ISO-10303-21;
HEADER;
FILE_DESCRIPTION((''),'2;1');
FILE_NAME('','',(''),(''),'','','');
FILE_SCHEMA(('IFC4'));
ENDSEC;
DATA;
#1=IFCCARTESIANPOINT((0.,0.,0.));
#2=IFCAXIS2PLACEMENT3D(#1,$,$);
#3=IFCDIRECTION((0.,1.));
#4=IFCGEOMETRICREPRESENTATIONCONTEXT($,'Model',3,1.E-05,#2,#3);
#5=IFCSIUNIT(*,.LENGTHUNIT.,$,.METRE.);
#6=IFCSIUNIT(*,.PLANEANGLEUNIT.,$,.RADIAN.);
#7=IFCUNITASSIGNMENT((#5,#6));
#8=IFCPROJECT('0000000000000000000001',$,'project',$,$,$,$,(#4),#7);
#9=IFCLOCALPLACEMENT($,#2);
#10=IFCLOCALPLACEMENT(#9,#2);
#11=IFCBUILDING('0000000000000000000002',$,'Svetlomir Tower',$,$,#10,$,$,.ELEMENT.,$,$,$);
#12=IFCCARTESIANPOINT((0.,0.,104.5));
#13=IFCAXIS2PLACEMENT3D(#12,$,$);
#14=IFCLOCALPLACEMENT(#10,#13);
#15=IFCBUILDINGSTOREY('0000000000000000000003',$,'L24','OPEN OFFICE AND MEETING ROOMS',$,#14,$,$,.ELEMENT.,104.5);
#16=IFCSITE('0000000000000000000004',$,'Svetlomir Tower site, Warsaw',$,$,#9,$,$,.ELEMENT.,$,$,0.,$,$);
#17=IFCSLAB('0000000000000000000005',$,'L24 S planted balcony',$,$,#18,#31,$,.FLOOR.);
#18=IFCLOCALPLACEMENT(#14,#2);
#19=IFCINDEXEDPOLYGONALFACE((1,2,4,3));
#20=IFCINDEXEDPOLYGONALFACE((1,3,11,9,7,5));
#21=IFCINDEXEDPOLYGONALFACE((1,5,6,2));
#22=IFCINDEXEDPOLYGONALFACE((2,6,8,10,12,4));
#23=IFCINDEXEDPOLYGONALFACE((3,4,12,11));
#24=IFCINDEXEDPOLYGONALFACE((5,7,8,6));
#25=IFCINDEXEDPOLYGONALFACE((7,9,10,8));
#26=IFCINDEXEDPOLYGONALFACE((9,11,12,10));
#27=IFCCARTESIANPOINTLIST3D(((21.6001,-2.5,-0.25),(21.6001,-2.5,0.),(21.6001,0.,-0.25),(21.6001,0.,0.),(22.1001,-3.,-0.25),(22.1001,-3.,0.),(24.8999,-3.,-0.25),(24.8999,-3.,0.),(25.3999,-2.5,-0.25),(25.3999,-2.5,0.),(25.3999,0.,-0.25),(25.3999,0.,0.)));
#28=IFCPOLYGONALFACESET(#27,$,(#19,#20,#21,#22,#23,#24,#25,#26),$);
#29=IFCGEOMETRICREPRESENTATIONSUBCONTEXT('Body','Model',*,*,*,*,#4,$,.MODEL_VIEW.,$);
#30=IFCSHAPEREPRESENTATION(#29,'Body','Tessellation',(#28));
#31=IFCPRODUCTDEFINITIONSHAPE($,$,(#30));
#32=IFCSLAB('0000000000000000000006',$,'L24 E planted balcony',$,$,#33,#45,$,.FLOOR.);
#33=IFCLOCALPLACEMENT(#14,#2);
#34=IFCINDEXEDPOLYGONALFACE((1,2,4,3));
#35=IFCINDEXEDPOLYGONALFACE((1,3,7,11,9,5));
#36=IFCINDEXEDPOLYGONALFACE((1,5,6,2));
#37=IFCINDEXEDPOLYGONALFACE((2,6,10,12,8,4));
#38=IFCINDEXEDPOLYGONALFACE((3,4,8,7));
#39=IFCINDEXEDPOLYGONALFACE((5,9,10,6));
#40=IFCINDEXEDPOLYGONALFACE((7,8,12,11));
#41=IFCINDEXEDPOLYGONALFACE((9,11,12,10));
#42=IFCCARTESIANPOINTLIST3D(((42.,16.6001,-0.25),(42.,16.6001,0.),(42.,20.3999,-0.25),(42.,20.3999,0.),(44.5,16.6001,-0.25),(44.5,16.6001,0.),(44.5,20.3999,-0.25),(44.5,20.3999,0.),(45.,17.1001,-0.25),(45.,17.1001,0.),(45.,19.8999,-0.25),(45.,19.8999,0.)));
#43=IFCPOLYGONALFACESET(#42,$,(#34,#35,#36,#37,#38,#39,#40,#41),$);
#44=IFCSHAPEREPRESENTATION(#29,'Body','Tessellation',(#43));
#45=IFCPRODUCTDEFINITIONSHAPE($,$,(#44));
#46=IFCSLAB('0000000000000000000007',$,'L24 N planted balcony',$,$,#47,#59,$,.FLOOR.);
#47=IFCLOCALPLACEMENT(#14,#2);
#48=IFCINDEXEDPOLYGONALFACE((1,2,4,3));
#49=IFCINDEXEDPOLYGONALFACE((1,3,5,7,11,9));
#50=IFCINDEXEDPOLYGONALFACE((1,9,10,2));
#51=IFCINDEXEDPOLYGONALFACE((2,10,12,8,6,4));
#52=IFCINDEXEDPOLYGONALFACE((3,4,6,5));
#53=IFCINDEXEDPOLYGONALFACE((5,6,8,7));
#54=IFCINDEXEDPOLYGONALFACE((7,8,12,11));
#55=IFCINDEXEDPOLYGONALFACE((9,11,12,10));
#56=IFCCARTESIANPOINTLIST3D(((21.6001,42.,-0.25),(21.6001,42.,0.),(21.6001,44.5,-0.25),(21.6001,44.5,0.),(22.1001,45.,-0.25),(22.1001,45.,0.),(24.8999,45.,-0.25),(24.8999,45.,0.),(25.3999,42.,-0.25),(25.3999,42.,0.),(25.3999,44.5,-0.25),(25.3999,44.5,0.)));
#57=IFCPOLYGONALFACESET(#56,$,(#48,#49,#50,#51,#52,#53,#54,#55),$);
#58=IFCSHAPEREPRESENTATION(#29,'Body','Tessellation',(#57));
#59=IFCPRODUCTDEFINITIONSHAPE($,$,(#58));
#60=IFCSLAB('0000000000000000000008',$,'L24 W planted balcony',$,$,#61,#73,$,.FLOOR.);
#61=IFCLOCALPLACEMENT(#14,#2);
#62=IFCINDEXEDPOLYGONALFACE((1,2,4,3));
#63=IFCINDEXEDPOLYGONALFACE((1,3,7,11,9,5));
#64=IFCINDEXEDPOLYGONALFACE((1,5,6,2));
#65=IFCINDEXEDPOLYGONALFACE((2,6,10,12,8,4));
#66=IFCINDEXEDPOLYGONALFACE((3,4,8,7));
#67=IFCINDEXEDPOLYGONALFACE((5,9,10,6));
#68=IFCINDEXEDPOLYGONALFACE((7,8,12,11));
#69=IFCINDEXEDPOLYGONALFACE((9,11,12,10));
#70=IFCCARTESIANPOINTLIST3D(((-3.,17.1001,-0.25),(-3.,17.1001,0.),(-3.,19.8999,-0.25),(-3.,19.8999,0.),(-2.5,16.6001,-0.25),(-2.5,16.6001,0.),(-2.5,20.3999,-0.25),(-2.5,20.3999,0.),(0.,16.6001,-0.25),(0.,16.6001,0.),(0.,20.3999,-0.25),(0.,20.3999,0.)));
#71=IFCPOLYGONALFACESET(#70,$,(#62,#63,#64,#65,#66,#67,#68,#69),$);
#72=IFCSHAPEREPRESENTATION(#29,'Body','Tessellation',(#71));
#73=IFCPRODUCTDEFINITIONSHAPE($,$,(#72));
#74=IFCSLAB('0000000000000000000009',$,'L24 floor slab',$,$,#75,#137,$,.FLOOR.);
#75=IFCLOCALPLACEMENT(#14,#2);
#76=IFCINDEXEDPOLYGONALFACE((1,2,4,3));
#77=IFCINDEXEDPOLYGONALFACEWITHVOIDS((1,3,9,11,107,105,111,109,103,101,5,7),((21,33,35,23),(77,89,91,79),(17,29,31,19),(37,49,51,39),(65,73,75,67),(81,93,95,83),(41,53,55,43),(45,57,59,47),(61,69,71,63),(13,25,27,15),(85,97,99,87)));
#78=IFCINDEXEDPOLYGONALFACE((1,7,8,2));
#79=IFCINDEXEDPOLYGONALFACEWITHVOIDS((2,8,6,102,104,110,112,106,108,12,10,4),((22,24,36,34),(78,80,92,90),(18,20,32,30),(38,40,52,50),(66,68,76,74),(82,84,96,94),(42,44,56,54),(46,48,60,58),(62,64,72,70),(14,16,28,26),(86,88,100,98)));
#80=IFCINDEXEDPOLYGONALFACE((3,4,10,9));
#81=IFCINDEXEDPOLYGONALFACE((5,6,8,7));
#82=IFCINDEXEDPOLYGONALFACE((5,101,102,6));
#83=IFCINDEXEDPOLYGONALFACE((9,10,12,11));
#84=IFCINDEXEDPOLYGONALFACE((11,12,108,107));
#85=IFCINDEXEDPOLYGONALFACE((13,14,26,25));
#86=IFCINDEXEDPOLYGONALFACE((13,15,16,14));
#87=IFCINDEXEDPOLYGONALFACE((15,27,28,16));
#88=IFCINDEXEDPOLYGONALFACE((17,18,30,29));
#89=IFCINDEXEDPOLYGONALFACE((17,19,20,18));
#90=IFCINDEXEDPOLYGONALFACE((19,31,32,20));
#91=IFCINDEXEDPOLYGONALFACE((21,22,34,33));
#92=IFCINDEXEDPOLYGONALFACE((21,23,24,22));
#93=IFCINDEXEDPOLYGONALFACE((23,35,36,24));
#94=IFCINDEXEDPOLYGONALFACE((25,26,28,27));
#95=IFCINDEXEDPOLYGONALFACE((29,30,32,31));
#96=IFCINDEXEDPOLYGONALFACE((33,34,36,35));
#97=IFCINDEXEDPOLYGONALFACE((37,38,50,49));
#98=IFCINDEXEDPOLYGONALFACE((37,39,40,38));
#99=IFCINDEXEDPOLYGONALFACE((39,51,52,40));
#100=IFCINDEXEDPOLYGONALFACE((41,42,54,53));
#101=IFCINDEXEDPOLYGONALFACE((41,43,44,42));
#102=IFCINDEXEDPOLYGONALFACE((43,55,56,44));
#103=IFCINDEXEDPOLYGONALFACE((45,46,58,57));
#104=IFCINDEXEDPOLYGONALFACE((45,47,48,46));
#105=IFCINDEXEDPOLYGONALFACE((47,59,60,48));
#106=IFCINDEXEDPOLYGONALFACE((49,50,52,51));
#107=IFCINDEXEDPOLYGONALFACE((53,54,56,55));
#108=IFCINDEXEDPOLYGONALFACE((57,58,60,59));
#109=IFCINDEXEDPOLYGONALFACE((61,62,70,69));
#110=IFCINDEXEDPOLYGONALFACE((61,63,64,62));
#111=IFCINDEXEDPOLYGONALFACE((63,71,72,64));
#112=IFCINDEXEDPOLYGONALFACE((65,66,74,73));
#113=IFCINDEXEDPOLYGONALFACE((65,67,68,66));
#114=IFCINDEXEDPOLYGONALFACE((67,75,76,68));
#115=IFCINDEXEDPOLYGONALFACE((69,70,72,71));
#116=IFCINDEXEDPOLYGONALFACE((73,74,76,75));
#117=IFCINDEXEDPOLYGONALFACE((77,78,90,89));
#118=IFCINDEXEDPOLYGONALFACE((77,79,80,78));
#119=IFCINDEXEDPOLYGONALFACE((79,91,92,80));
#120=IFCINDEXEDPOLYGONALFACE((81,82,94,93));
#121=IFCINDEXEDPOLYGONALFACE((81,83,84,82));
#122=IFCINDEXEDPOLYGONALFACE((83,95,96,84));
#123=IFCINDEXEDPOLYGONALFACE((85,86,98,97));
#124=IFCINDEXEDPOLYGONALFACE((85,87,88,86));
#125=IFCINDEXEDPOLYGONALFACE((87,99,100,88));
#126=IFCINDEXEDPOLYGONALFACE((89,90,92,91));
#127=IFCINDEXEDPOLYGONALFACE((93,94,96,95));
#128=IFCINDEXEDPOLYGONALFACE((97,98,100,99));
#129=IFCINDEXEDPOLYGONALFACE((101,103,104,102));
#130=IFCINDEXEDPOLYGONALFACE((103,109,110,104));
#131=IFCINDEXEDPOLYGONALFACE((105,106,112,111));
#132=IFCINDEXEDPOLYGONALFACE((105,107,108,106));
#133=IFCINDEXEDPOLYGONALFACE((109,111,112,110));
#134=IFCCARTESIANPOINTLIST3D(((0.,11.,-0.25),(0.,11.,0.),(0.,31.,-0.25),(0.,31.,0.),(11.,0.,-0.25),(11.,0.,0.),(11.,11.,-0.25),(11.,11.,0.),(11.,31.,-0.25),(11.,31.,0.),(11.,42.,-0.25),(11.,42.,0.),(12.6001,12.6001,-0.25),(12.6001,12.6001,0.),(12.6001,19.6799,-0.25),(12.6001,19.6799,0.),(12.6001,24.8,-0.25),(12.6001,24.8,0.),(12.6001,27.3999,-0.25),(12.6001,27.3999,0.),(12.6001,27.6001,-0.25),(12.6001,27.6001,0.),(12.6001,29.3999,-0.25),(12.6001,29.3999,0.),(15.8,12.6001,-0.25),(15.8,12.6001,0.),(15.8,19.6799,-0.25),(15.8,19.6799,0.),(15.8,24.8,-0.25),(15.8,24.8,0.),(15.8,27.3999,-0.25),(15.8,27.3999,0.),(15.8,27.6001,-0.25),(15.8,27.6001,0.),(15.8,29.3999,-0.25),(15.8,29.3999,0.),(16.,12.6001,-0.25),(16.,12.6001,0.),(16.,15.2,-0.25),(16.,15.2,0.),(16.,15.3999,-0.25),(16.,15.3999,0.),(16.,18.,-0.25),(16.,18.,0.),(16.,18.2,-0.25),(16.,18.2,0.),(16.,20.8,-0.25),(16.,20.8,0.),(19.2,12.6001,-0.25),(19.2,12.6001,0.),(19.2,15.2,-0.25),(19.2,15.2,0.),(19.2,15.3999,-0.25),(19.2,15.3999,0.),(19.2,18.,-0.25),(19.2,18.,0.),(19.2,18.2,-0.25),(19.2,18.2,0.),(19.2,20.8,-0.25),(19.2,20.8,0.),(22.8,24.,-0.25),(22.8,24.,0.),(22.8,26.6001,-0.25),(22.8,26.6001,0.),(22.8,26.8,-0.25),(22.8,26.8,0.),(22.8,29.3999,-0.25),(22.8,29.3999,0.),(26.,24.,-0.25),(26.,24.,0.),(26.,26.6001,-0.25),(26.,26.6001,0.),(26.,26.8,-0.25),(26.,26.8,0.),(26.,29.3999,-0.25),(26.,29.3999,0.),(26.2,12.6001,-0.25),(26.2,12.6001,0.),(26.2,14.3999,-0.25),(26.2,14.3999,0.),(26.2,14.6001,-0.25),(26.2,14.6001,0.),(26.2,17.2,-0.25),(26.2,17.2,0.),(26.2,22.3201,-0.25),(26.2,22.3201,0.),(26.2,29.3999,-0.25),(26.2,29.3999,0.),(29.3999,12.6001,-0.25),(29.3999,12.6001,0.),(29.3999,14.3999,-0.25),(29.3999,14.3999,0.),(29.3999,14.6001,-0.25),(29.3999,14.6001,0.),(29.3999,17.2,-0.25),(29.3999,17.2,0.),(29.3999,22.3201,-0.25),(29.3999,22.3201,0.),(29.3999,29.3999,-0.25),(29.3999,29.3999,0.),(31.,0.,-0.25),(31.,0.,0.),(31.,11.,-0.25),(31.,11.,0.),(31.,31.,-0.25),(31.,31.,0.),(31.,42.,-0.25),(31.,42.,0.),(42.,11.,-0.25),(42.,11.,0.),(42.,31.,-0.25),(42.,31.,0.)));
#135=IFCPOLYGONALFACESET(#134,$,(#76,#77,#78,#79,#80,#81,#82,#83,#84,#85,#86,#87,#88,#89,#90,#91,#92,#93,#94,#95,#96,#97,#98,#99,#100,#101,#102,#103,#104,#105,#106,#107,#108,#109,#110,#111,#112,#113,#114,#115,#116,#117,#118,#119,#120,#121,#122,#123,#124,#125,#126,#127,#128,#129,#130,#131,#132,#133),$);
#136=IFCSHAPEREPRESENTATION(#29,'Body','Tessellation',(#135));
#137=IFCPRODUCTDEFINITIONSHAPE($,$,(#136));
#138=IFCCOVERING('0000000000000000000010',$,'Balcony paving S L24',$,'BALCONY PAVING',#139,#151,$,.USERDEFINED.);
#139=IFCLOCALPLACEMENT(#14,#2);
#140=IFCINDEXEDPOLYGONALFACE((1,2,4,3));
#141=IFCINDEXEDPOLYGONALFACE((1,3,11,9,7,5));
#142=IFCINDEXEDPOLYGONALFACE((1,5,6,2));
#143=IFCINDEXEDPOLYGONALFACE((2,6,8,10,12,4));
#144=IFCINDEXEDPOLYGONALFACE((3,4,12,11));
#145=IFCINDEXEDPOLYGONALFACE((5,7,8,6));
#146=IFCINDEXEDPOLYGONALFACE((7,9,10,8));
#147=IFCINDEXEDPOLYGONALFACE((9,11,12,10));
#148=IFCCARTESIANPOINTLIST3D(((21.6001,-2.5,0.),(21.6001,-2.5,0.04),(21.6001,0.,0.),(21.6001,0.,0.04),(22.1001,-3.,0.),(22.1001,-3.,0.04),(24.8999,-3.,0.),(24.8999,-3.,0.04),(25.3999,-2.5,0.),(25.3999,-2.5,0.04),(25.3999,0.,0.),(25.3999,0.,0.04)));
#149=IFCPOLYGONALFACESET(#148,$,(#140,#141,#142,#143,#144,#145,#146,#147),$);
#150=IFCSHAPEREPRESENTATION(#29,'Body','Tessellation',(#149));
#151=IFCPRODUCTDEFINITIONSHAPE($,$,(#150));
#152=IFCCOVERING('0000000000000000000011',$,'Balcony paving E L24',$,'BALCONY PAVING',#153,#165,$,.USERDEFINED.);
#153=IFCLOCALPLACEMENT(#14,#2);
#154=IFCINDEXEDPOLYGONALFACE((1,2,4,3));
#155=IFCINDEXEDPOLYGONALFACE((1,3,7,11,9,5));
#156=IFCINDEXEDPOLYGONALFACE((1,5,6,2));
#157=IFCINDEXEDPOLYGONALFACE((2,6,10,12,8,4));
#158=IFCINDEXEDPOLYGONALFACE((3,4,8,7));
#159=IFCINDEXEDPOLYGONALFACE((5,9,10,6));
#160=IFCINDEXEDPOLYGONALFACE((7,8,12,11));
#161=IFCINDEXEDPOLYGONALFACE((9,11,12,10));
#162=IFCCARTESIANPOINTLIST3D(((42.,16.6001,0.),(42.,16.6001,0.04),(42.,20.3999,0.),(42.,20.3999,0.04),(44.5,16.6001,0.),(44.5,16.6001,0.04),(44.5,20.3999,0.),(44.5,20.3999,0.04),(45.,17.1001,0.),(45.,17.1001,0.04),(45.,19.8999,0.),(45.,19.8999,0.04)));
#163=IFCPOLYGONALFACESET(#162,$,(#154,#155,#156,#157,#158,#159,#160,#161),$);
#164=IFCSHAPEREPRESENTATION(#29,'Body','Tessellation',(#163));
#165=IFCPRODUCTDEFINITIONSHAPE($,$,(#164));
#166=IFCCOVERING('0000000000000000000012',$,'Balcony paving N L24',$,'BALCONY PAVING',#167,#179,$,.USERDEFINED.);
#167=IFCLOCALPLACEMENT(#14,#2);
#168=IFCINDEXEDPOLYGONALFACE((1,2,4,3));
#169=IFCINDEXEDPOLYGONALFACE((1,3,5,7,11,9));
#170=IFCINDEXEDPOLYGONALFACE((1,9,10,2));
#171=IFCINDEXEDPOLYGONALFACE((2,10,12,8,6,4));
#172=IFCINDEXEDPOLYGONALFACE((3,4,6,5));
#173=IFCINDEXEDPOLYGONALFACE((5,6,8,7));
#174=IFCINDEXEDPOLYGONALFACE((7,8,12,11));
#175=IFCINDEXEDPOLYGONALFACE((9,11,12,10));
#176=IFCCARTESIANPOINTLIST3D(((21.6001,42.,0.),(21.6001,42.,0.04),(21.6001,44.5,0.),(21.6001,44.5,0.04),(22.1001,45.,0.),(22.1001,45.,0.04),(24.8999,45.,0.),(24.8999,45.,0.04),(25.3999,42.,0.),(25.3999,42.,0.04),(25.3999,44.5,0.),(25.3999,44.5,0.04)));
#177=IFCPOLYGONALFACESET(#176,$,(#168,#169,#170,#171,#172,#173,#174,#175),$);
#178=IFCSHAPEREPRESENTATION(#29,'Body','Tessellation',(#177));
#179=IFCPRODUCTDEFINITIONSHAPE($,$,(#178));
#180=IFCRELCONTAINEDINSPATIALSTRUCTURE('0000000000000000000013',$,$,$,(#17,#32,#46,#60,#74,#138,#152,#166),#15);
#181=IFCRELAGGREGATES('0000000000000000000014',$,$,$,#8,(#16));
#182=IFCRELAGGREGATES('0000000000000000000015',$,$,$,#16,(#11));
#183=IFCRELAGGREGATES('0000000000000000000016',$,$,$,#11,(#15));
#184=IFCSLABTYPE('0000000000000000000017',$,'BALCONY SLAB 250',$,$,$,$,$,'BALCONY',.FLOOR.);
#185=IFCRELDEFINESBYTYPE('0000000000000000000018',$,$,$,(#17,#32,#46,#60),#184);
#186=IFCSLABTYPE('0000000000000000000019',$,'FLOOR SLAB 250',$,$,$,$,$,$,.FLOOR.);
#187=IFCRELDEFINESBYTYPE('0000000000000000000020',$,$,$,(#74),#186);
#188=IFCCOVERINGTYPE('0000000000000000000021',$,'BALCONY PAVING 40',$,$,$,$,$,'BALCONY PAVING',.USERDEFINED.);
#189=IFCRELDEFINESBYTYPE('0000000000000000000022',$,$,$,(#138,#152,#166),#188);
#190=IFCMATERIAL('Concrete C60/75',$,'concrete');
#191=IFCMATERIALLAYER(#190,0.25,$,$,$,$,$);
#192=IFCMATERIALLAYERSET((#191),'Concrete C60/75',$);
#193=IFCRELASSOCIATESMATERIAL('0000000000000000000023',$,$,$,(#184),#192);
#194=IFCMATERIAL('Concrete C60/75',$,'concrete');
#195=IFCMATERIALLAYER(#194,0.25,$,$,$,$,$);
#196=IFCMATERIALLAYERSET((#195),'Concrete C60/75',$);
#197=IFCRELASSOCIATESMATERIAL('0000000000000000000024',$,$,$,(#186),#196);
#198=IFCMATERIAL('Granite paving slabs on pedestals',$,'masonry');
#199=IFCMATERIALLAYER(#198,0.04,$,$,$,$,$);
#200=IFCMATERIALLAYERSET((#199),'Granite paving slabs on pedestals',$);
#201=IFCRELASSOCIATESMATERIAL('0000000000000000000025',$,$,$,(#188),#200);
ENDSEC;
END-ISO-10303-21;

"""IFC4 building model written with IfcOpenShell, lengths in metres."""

from ifc_helpers import new_model, si_unit, direction, frame, origin, place, context, subcontext, project, spatial, polyline, outline, extrude, material, layer, layer_set, type_object, element, save


model = new_model("IFC4")

# Units and contexts
model_context = context("Model", 3, precision=1e-05, world=origin(), true_north=direction((0.0, 1.0)))
body_context = subcontext(model_context, "Body", "Model", "MODEL_VIEW")
ifc_project = project(units=[si_unit("LENGTHUNIT", "METRE"), si_unit("PLANEANGLEUNIT", "RADIAN")], contexts=[model_context])

# Site, building, storey
site_placement = place(None, origin())
site = spatial("IfcSite", under=ifc_project, at=site_placement, Name="Svetlomir Tower site, Warsaw", CompositionType="ELEMENT", RefElevation=0.0)
building_placement = place(site_placement, origin())
building = spatial("IfcBuilding", under=site, at=building_placement, Name="Svetlomir Tower", CompositionType="ELEMENT")
storey_placement = place(building_placement, frame((0.0, 0.0, 104.5)))
storey = spatial("IfcBuildingStorey", under=building, at=storey_placement, Name="L24", Description="OPEN OFFICE AND MEETING ROOMS", CompositionType="ELEMENT", Elevation=104.5)

# Slabs
ifc_material_1 = material(Name="Concrete C60/75", Category="concrete")
ifc_layer_1 = layer(ifc_material_1, 0.25)
ifc_layer_set_1 = layer_set([ifc_layer_1], Name="Concrete C60/75")
slab_type_1 = type_object("IfcSlabType", Name="BALCONY SLAB 250", ElementType="BALCONY", PredefinedType="FLOOR", material=ifc_layer_set_1)
slab_1_placement = place(storey_placement, frame((0.0, 0.0, -0.25)))
element("IfcSlab", 1, at=slab_1_placement, inside=storey, type_object=slab_type_1, Name="L24 S planted balcony", PredefinedType="FLOOR", context=body_context, shape_type="SweptSolid", body=[
    extrude(outline(polyline([(21.6001, -2.5), (22.1001, -3.0), (24.8999, -3.0), (25.3999, -2.5), (25.3999, 0.0), (21.6001, 0.0), (21.6001, -2.5)])), origin(), (0.0, 0.0, 1.0), 0.25),
])
slab_2_placement = place(storey_placement, frame((0.0, 0.0, -0.25)))
element("IfcSlab", 2, at=slab_2_placement, inside=storey, type_object=slab_type_1, Name="L24 E planted balcony", PredefinedType="FLOOR", context=body_context, shape_type="SweptSolid", body=[
    extrude(outline(polyline([(42.0, 16.6001), (44.5, 16.6001), (45.0, 17.1001), (45.0, 19.8999), (44.5, 20.3999), (42.0, 20.3999), (42.0, 16.6001)])), origin(), (0.0, 0.0, 1.0), 0.25),
])
slab_3_placement = place(storey_placement, frame((0.0, 0.0, -0.25)))
element("IfcSlab", 3, at=slab_3_placement, inside=storey, type_object=slab_type_1, Name="L24 N planted balcony", PredefinedType="FLOOR", context=body_context, shape_type="SweptSolid", body=[
    extrude(outline(polyline([(21.6001, 42.0), (25.3999, 42.0), (25.3999, 44.5), (24.8999, 45.0), (22.1001, 45.0), (21.6001, 44.5), (21.6001, 42.0)])), origin(), (0.0, 0.0, 1.0), 0.25),
])
slab_4_placement = place(storey_placement, frame((0.0, 0.0, -0.25)))
element("IfcSlab", 4, at=slab_4_placement, inside=storey, type_object=slab_type_1, Name="L24 W planted balcony", PredefinedType="FLOOR", context=body_context, shape_type="SweptSolid", body=[
    extrude(outline(polyline([(-2.5, 16.6001), (0.0, 16.6001), (0.0, 20.3999), (-2.5, 20.3999), (-3.0, 19.8999), (-3.0, 17.1001), (-2.5, 16.6001)])), origin(), (0.0, 0.0, 1.0), 0.25),
])
ifc_material_2 = material(Name="Concrete C60/75", Category="concrete")
ifc_layer_2 = layer(ifc_material_2, 0.25)
ifc_layer_set_2 = layer_set([ifc_layer_2], Name="Concrete C60/75")
slab_type_2 = type_object("IfcSlabType", Name="FLOOR SLAB 250", PredefinedType="FLOOR", material=ifc_layer_set_2)
slab_5_placement = place(storey_placement, frame((0.0, 0.0, -0.25)))
element("IfcSlab", 5, at=slab_5_placement, inside=storey, type_object=slab_type_2, Name="L24 floor slab", PredefinedType="FLOOR", context=body_context, shape_type="SweptSolid", body=[
    extrude(outline(polyline([(11.0, 0.0), (31.0, 0.0), (31.0, 11.0), (42.0, 11.0), (42.0, 31.0), (31.0, 31.0), (31.0, 42.0), (11.0, 42.0), (11.0, 31.0), (0.0, 31.0), (0.0, 11.0), (11.0, 11.0), (11.0, 0.0)]), holes=[polyline([(12.6001, 24.8), (15.8, 24.8), (15.8, 27.3999), (12.6001, 27.3999), (12.6001, 24.8)]), polyline([(26.2, 14.6001), (29.3999, 14.6001), (29.3999, 17.2), (26.2, 17.2), (26.2, 14.6001)]), polyline([(16.0, 12.6001), (19.2, 12.6001), (19.2, 15.2), (16.0, 15.2), (16.0, 12.6001)]), polyline([(16.0, 15.3999), (19.2, 15.3999), (19.2, 18.0), (16.0, 18.0), (16.0, 15.3999)]), polyline([(16.0, 18.2), (19.2, 18.2), (19.2, 20.8), (16.0, 20.8), (16.0, 18.2)]), polyline([(22.8, 24.0), (26.0, 24.0), (26.0, 26.6001), (22.8, 26.6001), (22.8, 24.0)]), polyline([(22.8, 26.8), (26.0, 26.8), (26.0, 29.3999), (22.8, 29.3999), (22.8, 26.8)]), polyline([(12.6001, 27.6001), (15.8, 27.6001), (15.8, 29.3999), (12.6001, 29.3999), (12.6001, 27.6001)]), polyline([(26.2, 12.6001), (29.3999, 12.6001), (29.3999, 14.3999), (26.2, 14.3999), (26.2, 12.6001)]), polyline([(12.6001, 12.6001), (15.8, 12.6001), (15.8, 19.6799), (12.6001, 19.6799), (12.6001, 12.6001)]), polyline([(26.2, 22.3201), (29.3999, 22.3201), (29.3999, 29.3999), (26.2, 29.3999), (26.2, 22.3201)])]), origin(), (0.0, 0.0, 1.0), 0.25),
])

# Coverings
ifc_material_3 = material(Name="Granite paving slabs on pedestals", Category="masonry")
ifc_layer_3 = layer(ifc_material_3, 0.04)
ifc_layer_set_3 = layer_set([ifc_layer_3], Name="Granite paving slabs on pedestals")
covering_type_1 = type_object("IfcCoveringType", Name="BALCONY PAVING 40", ElementType="BALCONY PAVING", PredefinedType="USERDEFINED", material=ifc_layer_set_3)
covering_1_placement = place(storey_placement, origin())
element("IfcCovering", 6, at=covering_1_placement, inside=storey, type_object=covering_type_1, Name="Balcony paving S L24", ObjectType="BALCONY PAVING", PredefinedType="USERDEFINED", context=body_context, shape_type="SweptSolid", body=[
    extrude(outline(polyline([(21.6001, -2.5), (22.1001, -3.0), (24.8999, -3.0), (25.3999, -2.5), (25.3999, 0.0), (21.6001, 0.0), (21.6001, -2.5)])), origin(), (0.0, 0.0, 1.0), 0.04),
])
covering_2_placement = place(storey_placement, origin())
element("IfcCovering", 7, at=covering_2_placement, inside=storey, type_object=covering_type_1, Name="Balcony paving E L24", ObjectType="BALCONY PAVING", PredefinedType="USERDEFINED", context=body_context, shape_type="SweptSolid", body=[
    extrude(outline(polyline([(42.0, 16.6001), (44.5, 16.6001), (45.0, 17.1001), (45.0, 19.8999), (44.5, 20.3999), (42.0, 20.3999), (42.0, 16.6001)])), origin(), (0.0, 0.0, 1.0), 0.04),
])
covering_3_placement = place(storey_placement, origin())
element("IfcCovering", 8, at=covering_3_placement, inside=storey, type_object=covering_type_1, Name="Balcony paving N L24", ObjectType="BALCONY PAVING", PredefinedType="USERDEFINED", context=body_context, shape_type="SweptSolid", body=[
    extrude(outline(polyline([(21.6001, 42.0), (25.3999, 42.0), (25.3999, 44.5), (24.8999, 45.0), (22.1001, 45.0), (21.6001, 44.5), (21.6001, 42.0)])), origin(), (0.0, 0.0, 1.0), 0.04),
])

save(model, "model.ifc")
